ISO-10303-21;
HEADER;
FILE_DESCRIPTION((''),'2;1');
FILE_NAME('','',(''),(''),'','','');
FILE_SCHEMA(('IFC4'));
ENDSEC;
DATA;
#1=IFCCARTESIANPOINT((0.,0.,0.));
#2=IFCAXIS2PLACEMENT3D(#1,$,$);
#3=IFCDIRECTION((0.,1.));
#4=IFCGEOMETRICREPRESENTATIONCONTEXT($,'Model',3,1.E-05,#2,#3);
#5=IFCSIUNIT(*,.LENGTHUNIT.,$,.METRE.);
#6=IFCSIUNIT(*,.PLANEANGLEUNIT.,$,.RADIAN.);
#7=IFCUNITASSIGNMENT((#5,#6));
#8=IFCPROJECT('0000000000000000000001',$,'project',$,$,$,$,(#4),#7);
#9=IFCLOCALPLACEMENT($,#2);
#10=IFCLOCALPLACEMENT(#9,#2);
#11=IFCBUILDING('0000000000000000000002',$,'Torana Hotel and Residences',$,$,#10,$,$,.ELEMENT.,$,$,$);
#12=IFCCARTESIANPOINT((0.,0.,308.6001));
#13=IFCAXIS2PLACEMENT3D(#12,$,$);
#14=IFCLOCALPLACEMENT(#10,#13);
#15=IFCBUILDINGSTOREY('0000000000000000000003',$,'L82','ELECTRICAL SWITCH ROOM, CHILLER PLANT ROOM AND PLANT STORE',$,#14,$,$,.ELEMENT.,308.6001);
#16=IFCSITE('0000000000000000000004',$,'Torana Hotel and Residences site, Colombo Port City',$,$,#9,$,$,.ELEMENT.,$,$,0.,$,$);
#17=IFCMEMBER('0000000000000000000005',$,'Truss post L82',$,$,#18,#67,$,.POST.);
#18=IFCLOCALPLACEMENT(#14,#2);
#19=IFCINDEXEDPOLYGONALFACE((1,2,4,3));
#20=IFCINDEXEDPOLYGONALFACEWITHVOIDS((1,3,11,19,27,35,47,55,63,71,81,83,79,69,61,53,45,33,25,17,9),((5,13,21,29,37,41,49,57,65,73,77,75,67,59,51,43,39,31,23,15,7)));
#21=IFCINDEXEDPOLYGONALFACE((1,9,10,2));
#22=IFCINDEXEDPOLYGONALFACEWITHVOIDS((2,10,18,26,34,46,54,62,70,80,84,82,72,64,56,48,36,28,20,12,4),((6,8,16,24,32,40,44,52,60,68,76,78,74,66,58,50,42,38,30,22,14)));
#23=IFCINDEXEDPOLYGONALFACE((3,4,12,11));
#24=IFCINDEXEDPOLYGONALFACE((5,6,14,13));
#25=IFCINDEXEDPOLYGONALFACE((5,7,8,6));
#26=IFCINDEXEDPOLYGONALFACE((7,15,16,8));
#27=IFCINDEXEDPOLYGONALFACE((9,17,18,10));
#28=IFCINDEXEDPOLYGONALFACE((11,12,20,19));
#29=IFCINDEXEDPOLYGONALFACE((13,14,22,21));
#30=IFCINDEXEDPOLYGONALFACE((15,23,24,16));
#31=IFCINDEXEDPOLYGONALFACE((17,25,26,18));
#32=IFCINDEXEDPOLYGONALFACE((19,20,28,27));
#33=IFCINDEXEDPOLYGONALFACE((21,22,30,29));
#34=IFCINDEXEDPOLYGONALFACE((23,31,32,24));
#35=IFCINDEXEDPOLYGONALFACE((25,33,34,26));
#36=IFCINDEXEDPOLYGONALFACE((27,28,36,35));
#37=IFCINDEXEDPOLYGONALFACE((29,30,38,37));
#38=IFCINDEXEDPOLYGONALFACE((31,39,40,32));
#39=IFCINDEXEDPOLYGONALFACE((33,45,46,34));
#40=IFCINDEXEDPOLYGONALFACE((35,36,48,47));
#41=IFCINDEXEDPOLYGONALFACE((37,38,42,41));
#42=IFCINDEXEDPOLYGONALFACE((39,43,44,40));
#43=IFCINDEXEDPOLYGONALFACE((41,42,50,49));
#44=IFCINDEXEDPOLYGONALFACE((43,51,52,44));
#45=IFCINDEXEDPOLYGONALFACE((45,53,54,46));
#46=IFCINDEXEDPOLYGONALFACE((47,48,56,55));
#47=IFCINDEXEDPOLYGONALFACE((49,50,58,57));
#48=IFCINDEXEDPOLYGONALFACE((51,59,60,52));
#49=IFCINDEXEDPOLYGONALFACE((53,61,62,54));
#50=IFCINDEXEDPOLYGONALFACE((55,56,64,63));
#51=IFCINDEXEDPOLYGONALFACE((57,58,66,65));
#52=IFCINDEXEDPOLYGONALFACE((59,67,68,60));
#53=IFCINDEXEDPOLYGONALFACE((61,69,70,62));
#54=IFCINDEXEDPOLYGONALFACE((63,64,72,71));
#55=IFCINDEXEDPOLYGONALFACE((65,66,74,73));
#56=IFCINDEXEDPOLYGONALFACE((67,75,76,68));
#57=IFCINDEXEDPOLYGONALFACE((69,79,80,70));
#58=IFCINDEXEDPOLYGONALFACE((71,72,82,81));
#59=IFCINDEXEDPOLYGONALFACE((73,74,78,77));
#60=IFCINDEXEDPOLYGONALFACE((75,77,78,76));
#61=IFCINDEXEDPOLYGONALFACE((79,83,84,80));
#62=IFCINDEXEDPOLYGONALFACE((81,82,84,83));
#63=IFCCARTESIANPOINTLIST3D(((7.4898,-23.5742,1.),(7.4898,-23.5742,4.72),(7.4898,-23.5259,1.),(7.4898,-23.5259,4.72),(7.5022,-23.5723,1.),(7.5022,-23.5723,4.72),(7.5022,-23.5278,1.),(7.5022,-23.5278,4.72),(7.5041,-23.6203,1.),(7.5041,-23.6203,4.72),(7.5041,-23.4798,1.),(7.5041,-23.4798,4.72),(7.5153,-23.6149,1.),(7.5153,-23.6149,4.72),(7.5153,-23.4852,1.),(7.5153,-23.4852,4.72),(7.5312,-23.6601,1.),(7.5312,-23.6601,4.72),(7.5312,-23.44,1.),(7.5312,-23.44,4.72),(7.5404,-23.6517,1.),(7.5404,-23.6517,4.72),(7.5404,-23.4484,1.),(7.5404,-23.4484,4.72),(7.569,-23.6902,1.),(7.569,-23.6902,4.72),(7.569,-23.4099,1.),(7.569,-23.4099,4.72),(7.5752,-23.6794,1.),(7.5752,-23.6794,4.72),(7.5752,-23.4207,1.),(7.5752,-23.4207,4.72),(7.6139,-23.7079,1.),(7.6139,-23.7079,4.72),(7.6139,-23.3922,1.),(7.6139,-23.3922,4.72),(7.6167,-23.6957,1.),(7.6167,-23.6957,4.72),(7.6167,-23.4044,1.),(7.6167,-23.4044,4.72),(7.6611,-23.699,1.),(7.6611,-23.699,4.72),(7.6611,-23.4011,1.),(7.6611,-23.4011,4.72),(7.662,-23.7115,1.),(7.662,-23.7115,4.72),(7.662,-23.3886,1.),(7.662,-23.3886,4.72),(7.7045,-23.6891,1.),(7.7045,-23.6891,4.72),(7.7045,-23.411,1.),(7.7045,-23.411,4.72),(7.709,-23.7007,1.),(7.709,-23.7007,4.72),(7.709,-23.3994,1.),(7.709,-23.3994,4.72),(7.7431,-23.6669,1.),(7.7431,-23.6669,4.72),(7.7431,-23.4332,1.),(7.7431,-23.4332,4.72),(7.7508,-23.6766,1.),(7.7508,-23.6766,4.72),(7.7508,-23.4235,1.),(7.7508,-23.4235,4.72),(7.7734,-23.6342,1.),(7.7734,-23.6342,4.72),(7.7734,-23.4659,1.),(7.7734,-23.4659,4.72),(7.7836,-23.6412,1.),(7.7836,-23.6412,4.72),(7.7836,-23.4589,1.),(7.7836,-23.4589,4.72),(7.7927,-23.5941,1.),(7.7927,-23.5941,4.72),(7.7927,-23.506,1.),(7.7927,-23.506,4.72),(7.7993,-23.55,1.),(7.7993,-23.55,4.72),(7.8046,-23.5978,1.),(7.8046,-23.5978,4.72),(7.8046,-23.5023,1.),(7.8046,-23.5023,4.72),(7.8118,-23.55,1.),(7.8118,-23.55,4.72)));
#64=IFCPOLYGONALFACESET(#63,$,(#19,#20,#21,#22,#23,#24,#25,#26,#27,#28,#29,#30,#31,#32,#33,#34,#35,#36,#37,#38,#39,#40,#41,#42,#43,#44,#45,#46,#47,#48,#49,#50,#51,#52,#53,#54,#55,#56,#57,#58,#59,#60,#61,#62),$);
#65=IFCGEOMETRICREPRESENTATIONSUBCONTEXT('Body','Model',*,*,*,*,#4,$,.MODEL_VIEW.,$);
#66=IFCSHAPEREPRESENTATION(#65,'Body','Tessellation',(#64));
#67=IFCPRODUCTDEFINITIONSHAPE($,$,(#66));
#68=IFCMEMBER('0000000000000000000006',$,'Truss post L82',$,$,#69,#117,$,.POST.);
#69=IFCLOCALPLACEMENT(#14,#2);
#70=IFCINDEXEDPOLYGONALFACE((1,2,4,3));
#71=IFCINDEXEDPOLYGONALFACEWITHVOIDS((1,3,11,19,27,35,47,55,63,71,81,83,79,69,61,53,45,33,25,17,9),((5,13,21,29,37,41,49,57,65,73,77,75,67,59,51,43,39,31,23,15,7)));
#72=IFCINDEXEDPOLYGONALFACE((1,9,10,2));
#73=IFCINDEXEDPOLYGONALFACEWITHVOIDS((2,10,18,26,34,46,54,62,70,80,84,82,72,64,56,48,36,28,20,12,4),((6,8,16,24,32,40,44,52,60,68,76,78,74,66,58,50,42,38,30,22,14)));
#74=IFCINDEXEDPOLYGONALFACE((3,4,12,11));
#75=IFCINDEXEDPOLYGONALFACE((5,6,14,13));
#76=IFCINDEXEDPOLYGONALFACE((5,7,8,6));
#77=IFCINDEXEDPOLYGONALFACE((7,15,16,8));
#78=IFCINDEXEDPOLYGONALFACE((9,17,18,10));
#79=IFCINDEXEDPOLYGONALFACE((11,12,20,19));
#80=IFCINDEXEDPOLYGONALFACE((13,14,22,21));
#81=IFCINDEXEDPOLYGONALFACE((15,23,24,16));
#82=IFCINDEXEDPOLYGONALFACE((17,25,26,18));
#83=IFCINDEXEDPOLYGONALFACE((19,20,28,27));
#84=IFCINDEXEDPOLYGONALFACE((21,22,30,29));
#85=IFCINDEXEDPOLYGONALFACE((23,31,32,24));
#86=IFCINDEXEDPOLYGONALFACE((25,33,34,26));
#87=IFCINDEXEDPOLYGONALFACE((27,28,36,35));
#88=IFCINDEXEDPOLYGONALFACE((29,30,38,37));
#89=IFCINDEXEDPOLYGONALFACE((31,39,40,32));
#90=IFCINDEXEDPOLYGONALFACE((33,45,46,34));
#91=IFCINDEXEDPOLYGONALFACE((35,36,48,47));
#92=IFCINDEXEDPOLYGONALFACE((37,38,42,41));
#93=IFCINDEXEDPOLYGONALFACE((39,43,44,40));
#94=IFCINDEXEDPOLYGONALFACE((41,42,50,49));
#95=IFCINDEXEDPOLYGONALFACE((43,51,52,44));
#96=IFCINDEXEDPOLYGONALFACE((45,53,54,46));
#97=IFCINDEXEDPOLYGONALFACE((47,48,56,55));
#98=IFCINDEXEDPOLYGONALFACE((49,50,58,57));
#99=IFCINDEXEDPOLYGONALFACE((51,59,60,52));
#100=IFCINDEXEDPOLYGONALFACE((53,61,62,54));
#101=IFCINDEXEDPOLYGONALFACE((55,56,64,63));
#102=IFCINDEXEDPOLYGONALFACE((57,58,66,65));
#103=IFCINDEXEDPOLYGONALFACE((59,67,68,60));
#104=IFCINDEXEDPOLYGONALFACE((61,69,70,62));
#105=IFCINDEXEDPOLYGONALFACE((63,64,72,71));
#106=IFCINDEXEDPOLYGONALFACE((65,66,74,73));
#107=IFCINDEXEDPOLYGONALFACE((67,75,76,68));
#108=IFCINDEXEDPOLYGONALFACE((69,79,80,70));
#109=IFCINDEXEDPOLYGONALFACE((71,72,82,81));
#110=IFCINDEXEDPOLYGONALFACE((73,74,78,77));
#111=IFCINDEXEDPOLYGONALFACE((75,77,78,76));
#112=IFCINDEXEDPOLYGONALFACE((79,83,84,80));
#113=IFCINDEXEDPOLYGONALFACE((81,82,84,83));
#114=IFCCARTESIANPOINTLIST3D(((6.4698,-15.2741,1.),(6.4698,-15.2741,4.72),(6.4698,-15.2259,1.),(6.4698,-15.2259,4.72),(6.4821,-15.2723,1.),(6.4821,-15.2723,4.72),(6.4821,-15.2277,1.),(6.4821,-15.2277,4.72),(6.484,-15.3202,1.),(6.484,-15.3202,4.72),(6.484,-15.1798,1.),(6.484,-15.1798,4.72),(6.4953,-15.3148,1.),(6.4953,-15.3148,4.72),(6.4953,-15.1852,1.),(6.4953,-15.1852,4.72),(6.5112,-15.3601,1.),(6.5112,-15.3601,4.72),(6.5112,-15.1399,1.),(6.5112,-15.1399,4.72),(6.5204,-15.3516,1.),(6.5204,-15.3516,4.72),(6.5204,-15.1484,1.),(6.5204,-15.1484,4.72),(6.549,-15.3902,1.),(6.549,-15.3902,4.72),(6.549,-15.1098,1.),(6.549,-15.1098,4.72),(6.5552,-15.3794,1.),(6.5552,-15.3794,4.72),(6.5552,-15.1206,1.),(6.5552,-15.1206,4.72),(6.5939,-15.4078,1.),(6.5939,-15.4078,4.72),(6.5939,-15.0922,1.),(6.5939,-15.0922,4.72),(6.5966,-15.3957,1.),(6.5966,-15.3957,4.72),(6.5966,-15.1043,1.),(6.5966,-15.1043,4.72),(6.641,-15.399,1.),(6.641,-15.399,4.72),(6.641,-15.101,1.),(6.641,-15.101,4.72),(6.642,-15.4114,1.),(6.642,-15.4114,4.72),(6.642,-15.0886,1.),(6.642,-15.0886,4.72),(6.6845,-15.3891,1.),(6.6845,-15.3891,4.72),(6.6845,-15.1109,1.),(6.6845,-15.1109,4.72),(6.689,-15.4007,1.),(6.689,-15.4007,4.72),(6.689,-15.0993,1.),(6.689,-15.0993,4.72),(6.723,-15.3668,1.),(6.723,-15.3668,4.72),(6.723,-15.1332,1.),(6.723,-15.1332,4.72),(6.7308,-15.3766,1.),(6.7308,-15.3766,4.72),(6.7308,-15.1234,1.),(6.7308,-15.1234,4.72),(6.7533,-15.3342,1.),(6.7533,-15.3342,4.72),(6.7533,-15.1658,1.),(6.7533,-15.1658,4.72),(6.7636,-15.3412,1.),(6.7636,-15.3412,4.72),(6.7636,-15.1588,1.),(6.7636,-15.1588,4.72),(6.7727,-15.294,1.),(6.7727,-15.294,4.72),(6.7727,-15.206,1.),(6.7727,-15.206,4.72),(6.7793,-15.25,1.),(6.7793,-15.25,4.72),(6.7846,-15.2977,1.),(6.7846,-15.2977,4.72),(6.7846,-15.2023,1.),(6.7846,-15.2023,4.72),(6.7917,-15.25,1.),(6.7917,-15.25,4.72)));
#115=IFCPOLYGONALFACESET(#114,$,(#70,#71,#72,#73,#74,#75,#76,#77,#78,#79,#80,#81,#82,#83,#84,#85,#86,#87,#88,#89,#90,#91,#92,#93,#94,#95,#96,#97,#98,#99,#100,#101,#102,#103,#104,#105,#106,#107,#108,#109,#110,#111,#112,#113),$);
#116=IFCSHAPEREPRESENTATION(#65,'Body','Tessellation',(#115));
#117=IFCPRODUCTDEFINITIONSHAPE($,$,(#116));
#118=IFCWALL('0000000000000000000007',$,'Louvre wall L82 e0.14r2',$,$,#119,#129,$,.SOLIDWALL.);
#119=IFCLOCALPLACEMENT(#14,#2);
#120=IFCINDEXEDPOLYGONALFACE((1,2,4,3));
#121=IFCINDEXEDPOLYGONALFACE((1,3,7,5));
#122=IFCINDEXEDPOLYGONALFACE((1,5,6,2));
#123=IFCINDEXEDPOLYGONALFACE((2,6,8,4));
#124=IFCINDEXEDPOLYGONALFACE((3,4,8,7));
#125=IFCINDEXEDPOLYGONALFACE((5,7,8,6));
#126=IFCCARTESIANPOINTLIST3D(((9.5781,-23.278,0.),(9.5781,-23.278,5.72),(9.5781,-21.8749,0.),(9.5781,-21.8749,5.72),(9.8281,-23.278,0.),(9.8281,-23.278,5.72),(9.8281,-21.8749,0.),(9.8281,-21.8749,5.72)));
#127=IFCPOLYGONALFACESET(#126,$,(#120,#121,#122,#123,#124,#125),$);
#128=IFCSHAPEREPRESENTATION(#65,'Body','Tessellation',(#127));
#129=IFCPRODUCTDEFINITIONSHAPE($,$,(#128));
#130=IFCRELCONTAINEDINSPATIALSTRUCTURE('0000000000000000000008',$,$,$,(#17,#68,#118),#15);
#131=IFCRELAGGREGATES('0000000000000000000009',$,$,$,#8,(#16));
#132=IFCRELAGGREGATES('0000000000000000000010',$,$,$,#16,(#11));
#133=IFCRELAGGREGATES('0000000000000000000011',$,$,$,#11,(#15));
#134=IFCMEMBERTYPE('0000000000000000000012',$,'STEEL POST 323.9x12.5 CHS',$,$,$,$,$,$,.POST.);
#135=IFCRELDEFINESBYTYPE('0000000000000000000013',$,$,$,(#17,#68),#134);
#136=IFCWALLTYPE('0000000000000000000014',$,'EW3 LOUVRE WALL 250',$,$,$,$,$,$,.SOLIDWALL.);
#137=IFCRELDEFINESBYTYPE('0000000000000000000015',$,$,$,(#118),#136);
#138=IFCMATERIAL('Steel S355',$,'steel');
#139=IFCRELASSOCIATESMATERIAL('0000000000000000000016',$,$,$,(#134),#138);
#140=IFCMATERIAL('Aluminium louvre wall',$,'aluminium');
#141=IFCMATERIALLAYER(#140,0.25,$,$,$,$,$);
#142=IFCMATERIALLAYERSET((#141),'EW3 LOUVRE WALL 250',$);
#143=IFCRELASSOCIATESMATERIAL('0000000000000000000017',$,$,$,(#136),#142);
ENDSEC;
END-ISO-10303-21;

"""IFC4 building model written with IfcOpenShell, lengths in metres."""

from ifc_helpers import new_model, si_unit, direction, frame, frame_2d, origin, origin_2d, place, context, subcontext, project, spatial, rectangle, hollow_circle, extrude, material, layer, layer_set, material_profile, profile_set, type_object, element, save


model = new_model("IFC4")

# Units and contexts
model_context = context("Model", 3, precision=1e-05, world=origin(), true_north=direction((0.0, 1.0)))
body_context = subcontext(model_context, "Body", "Model", "MODEL_VIEW")
ifc_project = project(units=[si_unit("LENGTHUNIT", "METRE"), si_unit("PLANEANGLEUNIT", "RADIAN")], contexts=[model_context])

# Site, building, storey
site_placement = place(None, origin())
site = spatial("IfcSite", under=ifc_project, at=site_placement, Name="Torana Hotel and Residences site, Colombo Port City", CompositionType="ELEMENT", RefElevation=0.0)
building_placement = place(site_placement, origin())
building = spatial("IfcBuilding", under=site, at=building_placement, Name="Torana Hotel and Residences", CompositionType="ELEMENT")
storey_placement = place(building_placement, frame((0.0, 0.0, 308.6001)))
storey = spatial("IfcBuildingStorey", under=building, at=storey_placement, Name="L82", Description="ELECTRICAL SWITCH ROOM, CHILLER PLANT ROOM AND PLANT STORE", CompositionType="ELEMENT", Elevation=308.6001)

# Members
ifc_material_1 = material(Name="Steel S355", Category="steel")
ifc_material_profile_1 = material_profile(ifc_material_1, hollow_circle(Radius=0.1619, WallThickness=0.0125, at=origin_2d()), Name="323.9x12.5 CHS")
ifc_profile_set_1 = profile_set([ifc_material_profile_1], Name="Steel S355")
member_type_1 = type_object("IfcMemberType", Name="STEEL POST 323.9x12.5 CHS", PredefinedType="POST", material=ifc_profile_set_1)
for number, where, z_axis, x_axis, name in (
    (1, (7.6499, -23.55, 1.0), (0.0, 0.0, 1.0), (1.0, 0.0, 0.0), "Truss post L82"),
    (2, (6.6299, -15.25, 1.0), (0.0, 0.0, 1.0), (1.0, 0.0, 0.0), "Truss post L82"),
):
    element("IfcMember", number, at=place(storey_placement, frame(where, z_axis=z_axis, x_axis=x_axis)), inside=storey, type_object=member_type_1, Name=name, PredefinedType="POST", context=body_context, shape_type="SweptSolid", body=[
        extrude(hollow_circle(Radius=0.1619, WallThickness=0.0125, at=origin_2d()), origin(), (0.0, 0.0, 1.0), 3.72),
    ])

# Wall
ifc_material_2 = material(Name="Aluminium louvre wall", Category="aluminium")
ifc_layer = layer(ifc_material_2, 0.25)
ifc_layer_set = layer_set([ifc_layer], Name="EW3 LOUVRE WALL 250")
wall_type = type_object("IfcWallType", Name="EW3 LOUVRE WALL 250", PredefinedType="SOLIDWALL", material=ifc_layer_set)
wall_1_placement = place(storey_placement, frame((9.7031, -23.2781, 0.0), z_axis=(0.0, 0.0, 1.0), x_axis=(0.0, 1.0, 0.0)))
element("IfcWall", 3, at=wall_1_placement, inside=storey, type_object=wall_type, Name="Louvre wall L82 e0.14r2", PredefinedType="SOLIDWALL", context=body_context, shape_type="SweptSolid", body=[
    extrude(rectangle(XDim=1.4031, YDim=0.25, at=frame_2d((0.7017, 0.0))), origin(), (0.0, 0.0, 1.0), 5.72),
])

save(model, "model.ifc")
